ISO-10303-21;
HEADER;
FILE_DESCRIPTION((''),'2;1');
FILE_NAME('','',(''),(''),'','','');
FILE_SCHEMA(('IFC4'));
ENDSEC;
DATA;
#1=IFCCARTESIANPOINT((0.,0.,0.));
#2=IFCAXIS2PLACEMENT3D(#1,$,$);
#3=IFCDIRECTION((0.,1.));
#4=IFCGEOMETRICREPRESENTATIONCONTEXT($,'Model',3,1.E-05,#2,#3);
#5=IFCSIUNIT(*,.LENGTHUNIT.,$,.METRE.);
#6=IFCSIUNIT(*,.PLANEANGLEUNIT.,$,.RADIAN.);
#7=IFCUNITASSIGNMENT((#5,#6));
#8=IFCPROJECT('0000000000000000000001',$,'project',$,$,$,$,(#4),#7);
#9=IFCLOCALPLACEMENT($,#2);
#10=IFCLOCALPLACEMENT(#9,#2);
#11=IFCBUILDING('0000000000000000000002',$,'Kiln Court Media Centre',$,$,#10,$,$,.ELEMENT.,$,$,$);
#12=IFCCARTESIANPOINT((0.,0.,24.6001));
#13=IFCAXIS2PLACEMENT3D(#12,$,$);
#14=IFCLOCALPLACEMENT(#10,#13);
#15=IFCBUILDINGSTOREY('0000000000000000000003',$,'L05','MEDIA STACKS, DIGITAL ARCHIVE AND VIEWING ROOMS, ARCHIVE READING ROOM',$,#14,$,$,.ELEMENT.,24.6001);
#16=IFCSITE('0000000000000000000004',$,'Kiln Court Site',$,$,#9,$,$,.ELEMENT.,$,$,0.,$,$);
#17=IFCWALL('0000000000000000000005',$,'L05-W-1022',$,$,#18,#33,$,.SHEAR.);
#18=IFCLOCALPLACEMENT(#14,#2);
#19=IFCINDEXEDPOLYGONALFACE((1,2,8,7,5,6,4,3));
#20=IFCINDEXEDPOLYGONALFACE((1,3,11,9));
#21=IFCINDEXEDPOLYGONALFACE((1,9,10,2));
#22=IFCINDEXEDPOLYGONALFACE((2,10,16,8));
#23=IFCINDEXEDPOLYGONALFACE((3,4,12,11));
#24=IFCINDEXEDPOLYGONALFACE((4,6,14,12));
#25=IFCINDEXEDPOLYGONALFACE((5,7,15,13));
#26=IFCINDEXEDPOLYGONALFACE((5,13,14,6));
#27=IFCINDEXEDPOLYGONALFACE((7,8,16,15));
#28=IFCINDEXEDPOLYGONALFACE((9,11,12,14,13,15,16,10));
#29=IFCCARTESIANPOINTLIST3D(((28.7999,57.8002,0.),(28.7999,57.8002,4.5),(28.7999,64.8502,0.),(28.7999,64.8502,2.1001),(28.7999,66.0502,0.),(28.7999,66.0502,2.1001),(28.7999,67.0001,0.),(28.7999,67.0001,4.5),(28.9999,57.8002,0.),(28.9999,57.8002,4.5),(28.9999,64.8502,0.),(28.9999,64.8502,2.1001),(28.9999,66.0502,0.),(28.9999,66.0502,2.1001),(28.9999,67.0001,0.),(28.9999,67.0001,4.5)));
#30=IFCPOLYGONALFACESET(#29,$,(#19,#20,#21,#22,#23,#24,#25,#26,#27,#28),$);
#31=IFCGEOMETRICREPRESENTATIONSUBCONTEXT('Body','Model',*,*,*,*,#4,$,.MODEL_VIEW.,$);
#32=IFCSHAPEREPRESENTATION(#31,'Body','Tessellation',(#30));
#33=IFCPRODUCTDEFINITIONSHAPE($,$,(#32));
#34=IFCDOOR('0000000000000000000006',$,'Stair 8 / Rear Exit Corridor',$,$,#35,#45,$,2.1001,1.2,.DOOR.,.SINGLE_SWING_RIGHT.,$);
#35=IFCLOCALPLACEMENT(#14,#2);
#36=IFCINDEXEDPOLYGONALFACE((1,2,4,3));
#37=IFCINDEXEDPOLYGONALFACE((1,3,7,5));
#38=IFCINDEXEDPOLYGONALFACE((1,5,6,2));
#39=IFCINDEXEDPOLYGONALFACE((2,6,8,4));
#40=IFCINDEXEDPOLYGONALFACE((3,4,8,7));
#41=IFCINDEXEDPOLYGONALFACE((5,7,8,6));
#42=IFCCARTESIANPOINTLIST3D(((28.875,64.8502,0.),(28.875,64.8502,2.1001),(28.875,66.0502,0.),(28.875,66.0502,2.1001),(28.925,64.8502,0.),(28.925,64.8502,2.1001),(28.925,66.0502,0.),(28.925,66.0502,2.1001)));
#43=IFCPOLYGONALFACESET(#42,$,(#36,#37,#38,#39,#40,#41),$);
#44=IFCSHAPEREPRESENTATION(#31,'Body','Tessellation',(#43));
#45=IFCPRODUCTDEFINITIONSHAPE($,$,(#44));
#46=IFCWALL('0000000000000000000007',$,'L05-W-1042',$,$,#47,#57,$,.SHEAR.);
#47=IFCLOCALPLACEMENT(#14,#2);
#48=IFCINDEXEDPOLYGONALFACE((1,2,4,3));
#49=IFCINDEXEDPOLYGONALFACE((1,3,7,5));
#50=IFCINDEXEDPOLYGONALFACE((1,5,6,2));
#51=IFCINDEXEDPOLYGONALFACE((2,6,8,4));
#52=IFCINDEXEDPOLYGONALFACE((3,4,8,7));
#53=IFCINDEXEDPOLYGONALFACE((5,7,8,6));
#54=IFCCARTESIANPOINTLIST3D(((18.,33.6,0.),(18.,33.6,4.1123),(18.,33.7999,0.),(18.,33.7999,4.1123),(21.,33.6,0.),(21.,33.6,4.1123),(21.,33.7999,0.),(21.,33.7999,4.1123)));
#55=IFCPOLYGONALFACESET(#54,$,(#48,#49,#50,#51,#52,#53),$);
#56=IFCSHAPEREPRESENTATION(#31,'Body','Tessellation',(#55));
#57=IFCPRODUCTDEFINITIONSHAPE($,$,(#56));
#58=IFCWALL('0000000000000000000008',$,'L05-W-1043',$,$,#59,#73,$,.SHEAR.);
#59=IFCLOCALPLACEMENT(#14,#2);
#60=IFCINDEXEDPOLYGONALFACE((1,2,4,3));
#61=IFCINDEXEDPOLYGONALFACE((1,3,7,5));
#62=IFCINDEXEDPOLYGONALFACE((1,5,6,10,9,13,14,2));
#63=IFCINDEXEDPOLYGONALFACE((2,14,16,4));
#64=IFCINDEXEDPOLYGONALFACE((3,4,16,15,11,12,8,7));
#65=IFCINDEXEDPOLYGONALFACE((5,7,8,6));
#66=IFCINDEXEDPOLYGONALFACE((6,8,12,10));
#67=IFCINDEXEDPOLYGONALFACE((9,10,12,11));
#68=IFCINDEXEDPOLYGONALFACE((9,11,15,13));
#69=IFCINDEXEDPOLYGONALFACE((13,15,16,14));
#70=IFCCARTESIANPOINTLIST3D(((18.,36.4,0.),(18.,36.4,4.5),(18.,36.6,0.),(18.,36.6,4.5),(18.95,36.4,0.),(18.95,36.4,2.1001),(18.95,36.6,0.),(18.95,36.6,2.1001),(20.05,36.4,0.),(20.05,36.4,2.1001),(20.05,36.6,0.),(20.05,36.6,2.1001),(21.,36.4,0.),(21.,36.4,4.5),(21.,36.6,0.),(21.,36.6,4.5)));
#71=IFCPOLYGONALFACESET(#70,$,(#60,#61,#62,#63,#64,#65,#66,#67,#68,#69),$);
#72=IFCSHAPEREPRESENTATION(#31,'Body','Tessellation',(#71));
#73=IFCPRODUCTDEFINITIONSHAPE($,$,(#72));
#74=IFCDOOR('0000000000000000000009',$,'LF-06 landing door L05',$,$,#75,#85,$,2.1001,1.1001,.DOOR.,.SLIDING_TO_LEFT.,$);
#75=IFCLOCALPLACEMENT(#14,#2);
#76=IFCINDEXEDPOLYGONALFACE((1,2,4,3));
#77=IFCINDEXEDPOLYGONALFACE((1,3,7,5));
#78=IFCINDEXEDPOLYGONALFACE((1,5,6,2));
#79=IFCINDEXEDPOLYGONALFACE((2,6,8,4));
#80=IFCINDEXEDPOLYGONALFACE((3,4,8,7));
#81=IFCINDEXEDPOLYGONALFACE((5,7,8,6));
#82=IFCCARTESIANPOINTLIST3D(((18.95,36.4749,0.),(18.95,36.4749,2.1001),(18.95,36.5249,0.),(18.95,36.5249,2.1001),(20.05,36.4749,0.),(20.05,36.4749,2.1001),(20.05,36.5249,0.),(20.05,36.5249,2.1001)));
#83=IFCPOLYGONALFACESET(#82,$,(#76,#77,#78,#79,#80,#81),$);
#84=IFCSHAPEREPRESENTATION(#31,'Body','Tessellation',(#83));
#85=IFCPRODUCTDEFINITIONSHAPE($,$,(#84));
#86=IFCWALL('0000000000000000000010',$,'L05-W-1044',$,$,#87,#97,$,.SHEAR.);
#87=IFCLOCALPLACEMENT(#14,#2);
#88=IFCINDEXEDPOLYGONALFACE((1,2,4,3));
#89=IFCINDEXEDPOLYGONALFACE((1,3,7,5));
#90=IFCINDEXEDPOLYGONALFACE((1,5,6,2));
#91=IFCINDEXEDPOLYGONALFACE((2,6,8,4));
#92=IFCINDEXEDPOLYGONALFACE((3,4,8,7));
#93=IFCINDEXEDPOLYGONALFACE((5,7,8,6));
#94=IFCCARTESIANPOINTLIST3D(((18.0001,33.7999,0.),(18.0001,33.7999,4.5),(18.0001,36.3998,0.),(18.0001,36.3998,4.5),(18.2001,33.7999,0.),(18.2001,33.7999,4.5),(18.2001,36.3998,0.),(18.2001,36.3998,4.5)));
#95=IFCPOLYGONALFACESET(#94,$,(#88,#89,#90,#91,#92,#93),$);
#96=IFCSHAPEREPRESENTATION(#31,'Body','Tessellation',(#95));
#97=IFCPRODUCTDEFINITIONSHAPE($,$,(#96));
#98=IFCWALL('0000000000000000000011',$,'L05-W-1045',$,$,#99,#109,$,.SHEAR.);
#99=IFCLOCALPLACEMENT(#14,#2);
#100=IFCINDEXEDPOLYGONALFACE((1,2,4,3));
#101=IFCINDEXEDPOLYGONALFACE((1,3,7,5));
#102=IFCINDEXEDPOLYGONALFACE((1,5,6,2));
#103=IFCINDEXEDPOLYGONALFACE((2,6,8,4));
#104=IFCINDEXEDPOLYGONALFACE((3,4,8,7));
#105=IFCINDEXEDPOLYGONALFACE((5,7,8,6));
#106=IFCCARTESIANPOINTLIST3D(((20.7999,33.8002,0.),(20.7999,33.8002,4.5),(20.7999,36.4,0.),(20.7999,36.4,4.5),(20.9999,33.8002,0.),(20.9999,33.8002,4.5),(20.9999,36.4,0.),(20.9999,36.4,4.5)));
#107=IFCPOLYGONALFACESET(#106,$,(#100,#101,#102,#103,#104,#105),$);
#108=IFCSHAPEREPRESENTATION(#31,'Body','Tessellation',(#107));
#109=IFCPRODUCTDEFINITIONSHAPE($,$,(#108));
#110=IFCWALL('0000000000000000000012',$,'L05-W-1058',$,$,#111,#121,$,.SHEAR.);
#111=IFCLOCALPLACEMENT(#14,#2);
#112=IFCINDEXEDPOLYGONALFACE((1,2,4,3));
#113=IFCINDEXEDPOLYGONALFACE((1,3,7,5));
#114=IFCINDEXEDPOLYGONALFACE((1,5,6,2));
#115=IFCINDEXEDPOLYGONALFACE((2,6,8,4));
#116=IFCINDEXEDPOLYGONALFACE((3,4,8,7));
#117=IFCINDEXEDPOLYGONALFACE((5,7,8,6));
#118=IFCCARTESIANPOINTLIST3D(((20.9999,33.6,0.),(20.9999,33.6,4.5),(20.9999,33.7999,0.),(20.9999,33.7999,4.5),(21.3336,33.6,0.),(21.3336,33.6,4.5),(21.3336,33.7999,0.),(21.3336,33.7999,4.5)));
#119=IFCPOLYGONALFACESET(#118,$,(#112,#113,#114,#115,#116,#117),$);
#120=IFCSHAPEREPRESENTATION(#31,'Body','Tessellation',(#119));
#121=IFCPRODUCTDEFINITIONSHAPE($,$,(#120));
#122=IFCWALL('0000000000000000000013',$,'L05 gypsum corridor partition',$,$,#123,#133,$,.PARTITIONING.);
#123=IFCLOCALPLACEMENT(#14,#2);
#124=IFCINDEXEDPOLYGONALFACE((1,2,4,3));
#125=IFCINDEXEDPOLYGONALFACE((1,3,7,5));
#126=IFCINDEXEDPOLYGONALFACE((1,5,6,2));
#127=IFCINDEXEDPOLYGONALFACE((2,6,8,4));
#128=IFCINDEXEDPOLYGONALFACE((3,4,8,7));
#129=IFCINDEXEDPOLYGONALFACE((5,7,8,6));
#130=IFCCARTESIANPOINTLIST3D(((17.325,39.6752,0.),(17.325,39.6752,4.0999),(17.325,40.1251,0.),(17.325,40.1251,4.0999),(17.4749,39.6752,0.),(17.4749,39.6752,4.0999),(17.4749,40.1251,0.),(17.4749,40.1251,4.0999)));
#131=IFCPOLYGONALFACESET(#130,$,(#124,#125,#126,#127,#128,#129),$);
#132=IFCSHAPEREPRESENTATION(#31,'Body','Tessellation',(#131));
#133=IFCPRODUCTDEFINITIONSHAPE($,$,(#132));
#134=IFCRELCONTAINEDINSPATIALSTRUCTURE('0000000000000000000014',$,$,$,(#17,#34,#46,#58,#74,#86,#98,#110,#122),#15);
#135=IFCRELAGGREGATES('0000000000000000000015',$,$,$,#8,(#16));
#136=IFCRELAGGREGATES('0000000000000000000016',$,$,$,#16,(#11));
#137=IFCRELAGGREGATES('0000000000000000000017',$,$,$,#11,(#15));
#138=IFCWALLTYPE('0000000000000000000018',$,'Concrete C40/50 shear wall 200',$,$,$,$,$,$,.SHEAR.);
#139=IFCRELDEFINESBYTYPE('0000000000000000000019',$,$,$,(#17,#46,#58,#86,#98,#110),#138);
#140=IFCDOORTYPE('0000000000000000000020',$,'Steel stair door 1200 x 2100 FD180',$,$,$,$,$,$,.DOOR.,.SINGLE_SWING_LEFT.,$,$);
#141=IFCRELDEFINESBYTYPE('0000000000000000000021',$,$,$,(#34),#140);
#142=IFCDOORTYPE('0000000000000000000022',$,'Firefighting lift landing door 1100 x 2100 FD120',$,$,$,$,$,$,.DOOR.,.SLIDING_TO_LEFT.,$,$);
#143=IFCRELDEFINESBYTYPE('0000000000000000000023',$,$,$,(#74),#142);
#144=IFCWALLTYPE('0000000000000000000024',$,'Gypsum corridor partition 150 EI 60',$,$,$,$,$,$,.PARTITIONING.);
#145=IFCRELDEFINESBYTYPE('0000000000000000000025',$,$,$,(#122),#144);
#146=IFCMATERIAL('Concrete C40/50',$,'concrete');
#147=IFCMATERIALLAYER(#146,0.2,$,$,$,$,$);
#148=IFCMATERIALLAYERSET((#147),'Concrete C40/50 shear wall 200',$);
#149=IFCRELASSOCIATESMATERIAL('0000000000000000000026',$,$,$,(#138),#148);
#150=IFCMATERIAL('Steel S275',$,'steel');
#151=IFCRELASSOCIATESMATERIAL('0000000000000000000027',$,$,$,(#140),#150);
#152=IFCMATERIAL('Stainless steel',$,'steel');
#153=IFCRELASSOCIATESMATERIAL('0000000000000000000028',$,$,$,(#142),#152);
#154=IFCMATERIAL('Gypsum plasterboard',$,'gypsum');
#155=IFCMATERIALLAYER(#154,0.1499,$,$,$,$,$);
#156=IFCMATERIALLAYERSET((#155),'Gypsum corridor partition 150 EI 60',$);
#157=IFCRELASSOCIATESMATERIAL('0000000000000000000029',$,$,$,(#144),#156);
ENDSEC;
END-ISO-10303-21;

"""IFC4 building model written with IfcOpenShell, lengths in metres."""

from ifc_helpers import new_model, si_unit, direction, frame, frame_2d, origin, place, context, subcontext, project, spatial, rectangle, extrude, material, layer, layer_set, type_object, element, fill, save


model = new_model("IFC4")

# Units and contexts
model_context = context("Model", 3, precision=1e-05, world=origin(), true_north=direction((0.0, 1.0)))
body_context = subcontext(model_context, "Body", "Model", "MODEL_VIEW")
ifc_project = project(units=[si_unit("LENGTHUNIT", "METRE"), si_unit("PLANEANGLEUNIT", "RADIAN")], contexts=[model_context])

# Site, building, storey
site_placement = place(None, origin())
site = spatial("IfcSite", under=ifc_project, at=site_placement, Name="Kiln Court Site", CompositionType="ELEMENT", RefElevation=0.0)
building_placement = place(site_placement, origin())
building = spatial("IfcBuilding", under=site, at=building_placement, Name="Kiln Court Media Centre", CompositionType="ELEMENT")
storey_placement = place(building_placement, frame((0.0, 0.0, 24.6001)))
storey = spatial("IfcBuildingStorey", under=building, at=storey_placement, Name="L05", Description="MEDIA STACKS, DIGITAL ARCHIVE AND VIEWING ROOMS, ARCHIVE READING ROOM", CompositionType="ELEMENT", Elevation=24.6001)

# Wall, opening, door
ifc_material_1 = material(Name="Concrete C40/50", Category="concrete")
ifc_layer_1 = layer(ifc_material_1, 0.2)
ifc_layer_set_1 = layer_set([ifc_layer_1], Name="Concrete C40/50 shear wall 200")
wall_type_1 = type_object("IfcWallType", Name="Concrete C40/50 shear wall 200", PredefinedType="SHEAR", material=ifc_layer_set_1)
wall_1_placement = place(storey_placement, frame((28.8999, 57.8, 0.0), z_axis=(0.0, 0.0, 1.0), x_axis=(0.0, 1.0, 0.0)))
wall_1 = element("IfcWall", 1, at=wall_1_placement, inside=storey, type_object=wall_type_1, Name="L05-W-1022", PredefinedType="SHEAR", context=body_context, shape_type="SweptSolid", body=[
    extrude(rectangle(XDim=9.2, YDim=0.2, at=frame_2d((4.6001, 0.0))), origin(), (0.0, 0.0, 1.0), 4.5),
])
opening_1_placement = place(wall_1_placement, frame((7.05, 0.0, 0.0)))
opening_1 = element("IfcOpeningElement", 2, at=opening_1_placement, cuts=wall_1, PredefinedType="OPENING", context=body_context, shape_type="SweptSolid", body=[
    extrude(rectangle(XDim=1.2, YDim=2.1001, at=frame_2d((0.6001, 1.05))), frame((0.0, 0.1099, 0.0), z_axis=(0.0, -1.0, 0.0), x_axis=(1.0, 0.0, 0.0)), (0.0, 0.0, 1.0), 0.22),
])
ifc_material_2 = material(Name="Steel S275", Category="steel")
door_type_1 = type_object("IfcDoorType", Name="Steel stair door 1200 x 2100 FD180", OperationType="SINGLE_SWING_LEFT", PredefinedType="DOOR", material=ifc_material_2)
door_1_placement = place(opening_1_placement, origin())
door_1 = element("IfcDoor", 3, at=door_1_placement, inside=storey, type_object=door_type_1, Name="Stair 8 / Rear Exit Corridor", OperationType="SINGLE_SWING_RIGHT", OverallHeight=2.1001, OverallWidth=1.2, PredefinedType="DOOR", context=body_context, shape_type="SweptSolid", body=[
    extrude(rectangle(XDim=1.2, YDim=2.1001, at=frame_2d((0.6001, 1.05))), frame((0.0, 0.0249, 0.0), z_axis=(0.0, -1.0, 0.0), x_axis=(1.0, 0.0, 0.0)), (0.0, 0.0, 1.0), 0.05),
])
fill(opening_1, door_1)

# Wall
wall_2_placement = place(storey_placement, frame((21.0, 33.7, 0.0), z_axis=(0.0, 0.0, 1.0), x_axis=(-1.0, 0.0, 0.0)))
element("IfcWall", 4, at=wall_2_placement, inside=storey, type_object=wall_type_1, Name="L05-W-1042", PredefinedType="SHEAR", context=body_context, shape_type="SweptSolid", body=[
    extrude(rectangle(XDim=3.0, YDim=0.2, at=frame_2d((1.5, 0.0))), origin(), (0.0, 0.0, 1.0), 4.1123),
])

# Wall, opening, door
wall_3_placement = place(storey_placement, frame((18.0, 36.5, 0.0), z_axis=(0.0, 0.0, 1.0), x_axis=(1.0, 0.0, 0.0)))
wall_3 = element("IfcWall", 5, at=wall_3_placement, inside=storey, type_object=wall_type_1, Name="L05-W-1043", PredefinedType="SHEAR", context=body_context, shape_type="SweptSolid", body=[
    extrude(rectangle(XDim=3.0, YDim=0.2, at=frame_2d((1.5, 0.0))), origin(), (0.0, 0.0, 1.0), 4.5),
])
opening_2_placement = place(wall_3_placement, frame((0.95, 0.0, 0.0)))
opening_2 = element("IfcOpeningElement", 6, at=opening_2_placement, cuts=wall_3, PredefinedType="OPENING", context=body_context, shape_type="SweptSolid", body=[
    extrude(rectangle(XDim=1.1001, YDim=2.1001, at=frame_2d((0.55, 1.05))), frame((0.0, 0.1099, 0.0), z_axis=(0.0, -1.0, 0.0), x_axis=(1.0, 0.0, 0.0)), (0.0, 0.0, 1.0), 0.22),
])
ifc_material_3 = material(Name="Stainless steel", Category="steel")
door_type_2 = type_object("IfcDoorType", Name="Firefighting lift landing door 1100 x 2100 FD120", OperationType="SLIDING_TO_LEFT", PredefinedType="DOOR", material=ifc_material_3)
door_2_placement = place(opening_2_placement, origin())
door_2 = element("IfcDoor", 7, at=door_2_placement, inside=storey, type_object=door_type_2, Name="LF-06 landing door L05", OperationType="SLIDING_TO_LEFT", OverallHeight=2.1001, OverallWidth=1.1001, PredefinedType="DOOR", context=body_context, shape_type="SweptSolid", body=[
    extrude(rectangle(XDim=1.1001, YDim=2.1001, at=frame_2d((0.55, 1.05))), frame((0.0, 0.0249, 0.0), z_axis=(0.0, -1.0, 0.0), x_axis=(1.0, 0.0, 0.0)), (0.0, 0.0, 1.0), 0.05),
])
fill(opening_2, door_2)

# Walls
for number, where, z_axis, x_axis, name in (
    (8, (18.1001, 33.8, 0.0), (0.0, 0.0, 1.0), (0.0, 1.0, 0.0), "L05-W-1044"),
    (9, (20.8999, 36.3999, 0.0), (0.0, 0.0, 1.0), (0.0, -1.0, 0.0), "L05-W-1045"),
):
    element("IfcWall", number, at=place(storey_placement, frame(where, z_axis=z_axis, x_axis=x_axis)), inside=storey, type_object=wall_type_1, Name=name, PredefinedType="SHEAR", context=body_context, shape_type="SweptSolid", body=[
        extrude(rectangle(XDim=2.5999, YDim=0.2, at=frame_2d((1.2998, 0.0))), origin(), (0.0, 0.0, 1.0), 4.5),
    ])
wall_4_placement = place(storey_placement, frame((21.3337, 33.7, 0.0), z_axis=(0.0, 0.0, 1.0), x_axis=(-1.0, 0.0, 0.0)))
element("IfcWall", 10, at=wall_4_placement, inside=storey, type_object=wall_type_1, Name="L05-W-1058", PredefinedType="SHEAR", context=body_context, shape_type="SweptSolid", body=[
    extrude(rectangle(XDim=0.3337, YDim=0.2, at=frame_2d((0.167, 0.0))), origin(), (0.0, 0.0, 1.0), 4.5),
])
ifc_material_4 = material(Name="Gypsum plasterboard", Category="gypsum")
ifc_layer_2 = layer(ifc_material_4, 0.1499)
ifc_layer_set_2 = layer_set([ifc_layer_2], Name="Gypsum corridor partition 150 EI 60")
wall_type_2 = type_object("IfcWallType", Name="Gypsum corridor partition 150 EI 60", PredefinedType="PARTITIONING", material=ifc_layer_set_2)
wall_5_placement = place(storey_placement, frame((17.3999, 39.675, 0.0), z_axis=(0.0, 0.0, 1.0), x_axis=(0.0, 1.0, 0.0)))
element("IfcWall", 11, at=wall_5_placement, inside=storey, type_object=wall_type_2, Name="L05 gypsum corridor partition", PredefinedType="PARTITIONING", context=body_context, shape_type="SweptSolid", body=[
    extrude(rectangle(XDim=0.45, YDim=0.1499, at=frame_2d((0.2251, 0.0))), origin(), (0.0, 0.0, 1.0), 4.0999),
])

save(model, "model.ifc")
